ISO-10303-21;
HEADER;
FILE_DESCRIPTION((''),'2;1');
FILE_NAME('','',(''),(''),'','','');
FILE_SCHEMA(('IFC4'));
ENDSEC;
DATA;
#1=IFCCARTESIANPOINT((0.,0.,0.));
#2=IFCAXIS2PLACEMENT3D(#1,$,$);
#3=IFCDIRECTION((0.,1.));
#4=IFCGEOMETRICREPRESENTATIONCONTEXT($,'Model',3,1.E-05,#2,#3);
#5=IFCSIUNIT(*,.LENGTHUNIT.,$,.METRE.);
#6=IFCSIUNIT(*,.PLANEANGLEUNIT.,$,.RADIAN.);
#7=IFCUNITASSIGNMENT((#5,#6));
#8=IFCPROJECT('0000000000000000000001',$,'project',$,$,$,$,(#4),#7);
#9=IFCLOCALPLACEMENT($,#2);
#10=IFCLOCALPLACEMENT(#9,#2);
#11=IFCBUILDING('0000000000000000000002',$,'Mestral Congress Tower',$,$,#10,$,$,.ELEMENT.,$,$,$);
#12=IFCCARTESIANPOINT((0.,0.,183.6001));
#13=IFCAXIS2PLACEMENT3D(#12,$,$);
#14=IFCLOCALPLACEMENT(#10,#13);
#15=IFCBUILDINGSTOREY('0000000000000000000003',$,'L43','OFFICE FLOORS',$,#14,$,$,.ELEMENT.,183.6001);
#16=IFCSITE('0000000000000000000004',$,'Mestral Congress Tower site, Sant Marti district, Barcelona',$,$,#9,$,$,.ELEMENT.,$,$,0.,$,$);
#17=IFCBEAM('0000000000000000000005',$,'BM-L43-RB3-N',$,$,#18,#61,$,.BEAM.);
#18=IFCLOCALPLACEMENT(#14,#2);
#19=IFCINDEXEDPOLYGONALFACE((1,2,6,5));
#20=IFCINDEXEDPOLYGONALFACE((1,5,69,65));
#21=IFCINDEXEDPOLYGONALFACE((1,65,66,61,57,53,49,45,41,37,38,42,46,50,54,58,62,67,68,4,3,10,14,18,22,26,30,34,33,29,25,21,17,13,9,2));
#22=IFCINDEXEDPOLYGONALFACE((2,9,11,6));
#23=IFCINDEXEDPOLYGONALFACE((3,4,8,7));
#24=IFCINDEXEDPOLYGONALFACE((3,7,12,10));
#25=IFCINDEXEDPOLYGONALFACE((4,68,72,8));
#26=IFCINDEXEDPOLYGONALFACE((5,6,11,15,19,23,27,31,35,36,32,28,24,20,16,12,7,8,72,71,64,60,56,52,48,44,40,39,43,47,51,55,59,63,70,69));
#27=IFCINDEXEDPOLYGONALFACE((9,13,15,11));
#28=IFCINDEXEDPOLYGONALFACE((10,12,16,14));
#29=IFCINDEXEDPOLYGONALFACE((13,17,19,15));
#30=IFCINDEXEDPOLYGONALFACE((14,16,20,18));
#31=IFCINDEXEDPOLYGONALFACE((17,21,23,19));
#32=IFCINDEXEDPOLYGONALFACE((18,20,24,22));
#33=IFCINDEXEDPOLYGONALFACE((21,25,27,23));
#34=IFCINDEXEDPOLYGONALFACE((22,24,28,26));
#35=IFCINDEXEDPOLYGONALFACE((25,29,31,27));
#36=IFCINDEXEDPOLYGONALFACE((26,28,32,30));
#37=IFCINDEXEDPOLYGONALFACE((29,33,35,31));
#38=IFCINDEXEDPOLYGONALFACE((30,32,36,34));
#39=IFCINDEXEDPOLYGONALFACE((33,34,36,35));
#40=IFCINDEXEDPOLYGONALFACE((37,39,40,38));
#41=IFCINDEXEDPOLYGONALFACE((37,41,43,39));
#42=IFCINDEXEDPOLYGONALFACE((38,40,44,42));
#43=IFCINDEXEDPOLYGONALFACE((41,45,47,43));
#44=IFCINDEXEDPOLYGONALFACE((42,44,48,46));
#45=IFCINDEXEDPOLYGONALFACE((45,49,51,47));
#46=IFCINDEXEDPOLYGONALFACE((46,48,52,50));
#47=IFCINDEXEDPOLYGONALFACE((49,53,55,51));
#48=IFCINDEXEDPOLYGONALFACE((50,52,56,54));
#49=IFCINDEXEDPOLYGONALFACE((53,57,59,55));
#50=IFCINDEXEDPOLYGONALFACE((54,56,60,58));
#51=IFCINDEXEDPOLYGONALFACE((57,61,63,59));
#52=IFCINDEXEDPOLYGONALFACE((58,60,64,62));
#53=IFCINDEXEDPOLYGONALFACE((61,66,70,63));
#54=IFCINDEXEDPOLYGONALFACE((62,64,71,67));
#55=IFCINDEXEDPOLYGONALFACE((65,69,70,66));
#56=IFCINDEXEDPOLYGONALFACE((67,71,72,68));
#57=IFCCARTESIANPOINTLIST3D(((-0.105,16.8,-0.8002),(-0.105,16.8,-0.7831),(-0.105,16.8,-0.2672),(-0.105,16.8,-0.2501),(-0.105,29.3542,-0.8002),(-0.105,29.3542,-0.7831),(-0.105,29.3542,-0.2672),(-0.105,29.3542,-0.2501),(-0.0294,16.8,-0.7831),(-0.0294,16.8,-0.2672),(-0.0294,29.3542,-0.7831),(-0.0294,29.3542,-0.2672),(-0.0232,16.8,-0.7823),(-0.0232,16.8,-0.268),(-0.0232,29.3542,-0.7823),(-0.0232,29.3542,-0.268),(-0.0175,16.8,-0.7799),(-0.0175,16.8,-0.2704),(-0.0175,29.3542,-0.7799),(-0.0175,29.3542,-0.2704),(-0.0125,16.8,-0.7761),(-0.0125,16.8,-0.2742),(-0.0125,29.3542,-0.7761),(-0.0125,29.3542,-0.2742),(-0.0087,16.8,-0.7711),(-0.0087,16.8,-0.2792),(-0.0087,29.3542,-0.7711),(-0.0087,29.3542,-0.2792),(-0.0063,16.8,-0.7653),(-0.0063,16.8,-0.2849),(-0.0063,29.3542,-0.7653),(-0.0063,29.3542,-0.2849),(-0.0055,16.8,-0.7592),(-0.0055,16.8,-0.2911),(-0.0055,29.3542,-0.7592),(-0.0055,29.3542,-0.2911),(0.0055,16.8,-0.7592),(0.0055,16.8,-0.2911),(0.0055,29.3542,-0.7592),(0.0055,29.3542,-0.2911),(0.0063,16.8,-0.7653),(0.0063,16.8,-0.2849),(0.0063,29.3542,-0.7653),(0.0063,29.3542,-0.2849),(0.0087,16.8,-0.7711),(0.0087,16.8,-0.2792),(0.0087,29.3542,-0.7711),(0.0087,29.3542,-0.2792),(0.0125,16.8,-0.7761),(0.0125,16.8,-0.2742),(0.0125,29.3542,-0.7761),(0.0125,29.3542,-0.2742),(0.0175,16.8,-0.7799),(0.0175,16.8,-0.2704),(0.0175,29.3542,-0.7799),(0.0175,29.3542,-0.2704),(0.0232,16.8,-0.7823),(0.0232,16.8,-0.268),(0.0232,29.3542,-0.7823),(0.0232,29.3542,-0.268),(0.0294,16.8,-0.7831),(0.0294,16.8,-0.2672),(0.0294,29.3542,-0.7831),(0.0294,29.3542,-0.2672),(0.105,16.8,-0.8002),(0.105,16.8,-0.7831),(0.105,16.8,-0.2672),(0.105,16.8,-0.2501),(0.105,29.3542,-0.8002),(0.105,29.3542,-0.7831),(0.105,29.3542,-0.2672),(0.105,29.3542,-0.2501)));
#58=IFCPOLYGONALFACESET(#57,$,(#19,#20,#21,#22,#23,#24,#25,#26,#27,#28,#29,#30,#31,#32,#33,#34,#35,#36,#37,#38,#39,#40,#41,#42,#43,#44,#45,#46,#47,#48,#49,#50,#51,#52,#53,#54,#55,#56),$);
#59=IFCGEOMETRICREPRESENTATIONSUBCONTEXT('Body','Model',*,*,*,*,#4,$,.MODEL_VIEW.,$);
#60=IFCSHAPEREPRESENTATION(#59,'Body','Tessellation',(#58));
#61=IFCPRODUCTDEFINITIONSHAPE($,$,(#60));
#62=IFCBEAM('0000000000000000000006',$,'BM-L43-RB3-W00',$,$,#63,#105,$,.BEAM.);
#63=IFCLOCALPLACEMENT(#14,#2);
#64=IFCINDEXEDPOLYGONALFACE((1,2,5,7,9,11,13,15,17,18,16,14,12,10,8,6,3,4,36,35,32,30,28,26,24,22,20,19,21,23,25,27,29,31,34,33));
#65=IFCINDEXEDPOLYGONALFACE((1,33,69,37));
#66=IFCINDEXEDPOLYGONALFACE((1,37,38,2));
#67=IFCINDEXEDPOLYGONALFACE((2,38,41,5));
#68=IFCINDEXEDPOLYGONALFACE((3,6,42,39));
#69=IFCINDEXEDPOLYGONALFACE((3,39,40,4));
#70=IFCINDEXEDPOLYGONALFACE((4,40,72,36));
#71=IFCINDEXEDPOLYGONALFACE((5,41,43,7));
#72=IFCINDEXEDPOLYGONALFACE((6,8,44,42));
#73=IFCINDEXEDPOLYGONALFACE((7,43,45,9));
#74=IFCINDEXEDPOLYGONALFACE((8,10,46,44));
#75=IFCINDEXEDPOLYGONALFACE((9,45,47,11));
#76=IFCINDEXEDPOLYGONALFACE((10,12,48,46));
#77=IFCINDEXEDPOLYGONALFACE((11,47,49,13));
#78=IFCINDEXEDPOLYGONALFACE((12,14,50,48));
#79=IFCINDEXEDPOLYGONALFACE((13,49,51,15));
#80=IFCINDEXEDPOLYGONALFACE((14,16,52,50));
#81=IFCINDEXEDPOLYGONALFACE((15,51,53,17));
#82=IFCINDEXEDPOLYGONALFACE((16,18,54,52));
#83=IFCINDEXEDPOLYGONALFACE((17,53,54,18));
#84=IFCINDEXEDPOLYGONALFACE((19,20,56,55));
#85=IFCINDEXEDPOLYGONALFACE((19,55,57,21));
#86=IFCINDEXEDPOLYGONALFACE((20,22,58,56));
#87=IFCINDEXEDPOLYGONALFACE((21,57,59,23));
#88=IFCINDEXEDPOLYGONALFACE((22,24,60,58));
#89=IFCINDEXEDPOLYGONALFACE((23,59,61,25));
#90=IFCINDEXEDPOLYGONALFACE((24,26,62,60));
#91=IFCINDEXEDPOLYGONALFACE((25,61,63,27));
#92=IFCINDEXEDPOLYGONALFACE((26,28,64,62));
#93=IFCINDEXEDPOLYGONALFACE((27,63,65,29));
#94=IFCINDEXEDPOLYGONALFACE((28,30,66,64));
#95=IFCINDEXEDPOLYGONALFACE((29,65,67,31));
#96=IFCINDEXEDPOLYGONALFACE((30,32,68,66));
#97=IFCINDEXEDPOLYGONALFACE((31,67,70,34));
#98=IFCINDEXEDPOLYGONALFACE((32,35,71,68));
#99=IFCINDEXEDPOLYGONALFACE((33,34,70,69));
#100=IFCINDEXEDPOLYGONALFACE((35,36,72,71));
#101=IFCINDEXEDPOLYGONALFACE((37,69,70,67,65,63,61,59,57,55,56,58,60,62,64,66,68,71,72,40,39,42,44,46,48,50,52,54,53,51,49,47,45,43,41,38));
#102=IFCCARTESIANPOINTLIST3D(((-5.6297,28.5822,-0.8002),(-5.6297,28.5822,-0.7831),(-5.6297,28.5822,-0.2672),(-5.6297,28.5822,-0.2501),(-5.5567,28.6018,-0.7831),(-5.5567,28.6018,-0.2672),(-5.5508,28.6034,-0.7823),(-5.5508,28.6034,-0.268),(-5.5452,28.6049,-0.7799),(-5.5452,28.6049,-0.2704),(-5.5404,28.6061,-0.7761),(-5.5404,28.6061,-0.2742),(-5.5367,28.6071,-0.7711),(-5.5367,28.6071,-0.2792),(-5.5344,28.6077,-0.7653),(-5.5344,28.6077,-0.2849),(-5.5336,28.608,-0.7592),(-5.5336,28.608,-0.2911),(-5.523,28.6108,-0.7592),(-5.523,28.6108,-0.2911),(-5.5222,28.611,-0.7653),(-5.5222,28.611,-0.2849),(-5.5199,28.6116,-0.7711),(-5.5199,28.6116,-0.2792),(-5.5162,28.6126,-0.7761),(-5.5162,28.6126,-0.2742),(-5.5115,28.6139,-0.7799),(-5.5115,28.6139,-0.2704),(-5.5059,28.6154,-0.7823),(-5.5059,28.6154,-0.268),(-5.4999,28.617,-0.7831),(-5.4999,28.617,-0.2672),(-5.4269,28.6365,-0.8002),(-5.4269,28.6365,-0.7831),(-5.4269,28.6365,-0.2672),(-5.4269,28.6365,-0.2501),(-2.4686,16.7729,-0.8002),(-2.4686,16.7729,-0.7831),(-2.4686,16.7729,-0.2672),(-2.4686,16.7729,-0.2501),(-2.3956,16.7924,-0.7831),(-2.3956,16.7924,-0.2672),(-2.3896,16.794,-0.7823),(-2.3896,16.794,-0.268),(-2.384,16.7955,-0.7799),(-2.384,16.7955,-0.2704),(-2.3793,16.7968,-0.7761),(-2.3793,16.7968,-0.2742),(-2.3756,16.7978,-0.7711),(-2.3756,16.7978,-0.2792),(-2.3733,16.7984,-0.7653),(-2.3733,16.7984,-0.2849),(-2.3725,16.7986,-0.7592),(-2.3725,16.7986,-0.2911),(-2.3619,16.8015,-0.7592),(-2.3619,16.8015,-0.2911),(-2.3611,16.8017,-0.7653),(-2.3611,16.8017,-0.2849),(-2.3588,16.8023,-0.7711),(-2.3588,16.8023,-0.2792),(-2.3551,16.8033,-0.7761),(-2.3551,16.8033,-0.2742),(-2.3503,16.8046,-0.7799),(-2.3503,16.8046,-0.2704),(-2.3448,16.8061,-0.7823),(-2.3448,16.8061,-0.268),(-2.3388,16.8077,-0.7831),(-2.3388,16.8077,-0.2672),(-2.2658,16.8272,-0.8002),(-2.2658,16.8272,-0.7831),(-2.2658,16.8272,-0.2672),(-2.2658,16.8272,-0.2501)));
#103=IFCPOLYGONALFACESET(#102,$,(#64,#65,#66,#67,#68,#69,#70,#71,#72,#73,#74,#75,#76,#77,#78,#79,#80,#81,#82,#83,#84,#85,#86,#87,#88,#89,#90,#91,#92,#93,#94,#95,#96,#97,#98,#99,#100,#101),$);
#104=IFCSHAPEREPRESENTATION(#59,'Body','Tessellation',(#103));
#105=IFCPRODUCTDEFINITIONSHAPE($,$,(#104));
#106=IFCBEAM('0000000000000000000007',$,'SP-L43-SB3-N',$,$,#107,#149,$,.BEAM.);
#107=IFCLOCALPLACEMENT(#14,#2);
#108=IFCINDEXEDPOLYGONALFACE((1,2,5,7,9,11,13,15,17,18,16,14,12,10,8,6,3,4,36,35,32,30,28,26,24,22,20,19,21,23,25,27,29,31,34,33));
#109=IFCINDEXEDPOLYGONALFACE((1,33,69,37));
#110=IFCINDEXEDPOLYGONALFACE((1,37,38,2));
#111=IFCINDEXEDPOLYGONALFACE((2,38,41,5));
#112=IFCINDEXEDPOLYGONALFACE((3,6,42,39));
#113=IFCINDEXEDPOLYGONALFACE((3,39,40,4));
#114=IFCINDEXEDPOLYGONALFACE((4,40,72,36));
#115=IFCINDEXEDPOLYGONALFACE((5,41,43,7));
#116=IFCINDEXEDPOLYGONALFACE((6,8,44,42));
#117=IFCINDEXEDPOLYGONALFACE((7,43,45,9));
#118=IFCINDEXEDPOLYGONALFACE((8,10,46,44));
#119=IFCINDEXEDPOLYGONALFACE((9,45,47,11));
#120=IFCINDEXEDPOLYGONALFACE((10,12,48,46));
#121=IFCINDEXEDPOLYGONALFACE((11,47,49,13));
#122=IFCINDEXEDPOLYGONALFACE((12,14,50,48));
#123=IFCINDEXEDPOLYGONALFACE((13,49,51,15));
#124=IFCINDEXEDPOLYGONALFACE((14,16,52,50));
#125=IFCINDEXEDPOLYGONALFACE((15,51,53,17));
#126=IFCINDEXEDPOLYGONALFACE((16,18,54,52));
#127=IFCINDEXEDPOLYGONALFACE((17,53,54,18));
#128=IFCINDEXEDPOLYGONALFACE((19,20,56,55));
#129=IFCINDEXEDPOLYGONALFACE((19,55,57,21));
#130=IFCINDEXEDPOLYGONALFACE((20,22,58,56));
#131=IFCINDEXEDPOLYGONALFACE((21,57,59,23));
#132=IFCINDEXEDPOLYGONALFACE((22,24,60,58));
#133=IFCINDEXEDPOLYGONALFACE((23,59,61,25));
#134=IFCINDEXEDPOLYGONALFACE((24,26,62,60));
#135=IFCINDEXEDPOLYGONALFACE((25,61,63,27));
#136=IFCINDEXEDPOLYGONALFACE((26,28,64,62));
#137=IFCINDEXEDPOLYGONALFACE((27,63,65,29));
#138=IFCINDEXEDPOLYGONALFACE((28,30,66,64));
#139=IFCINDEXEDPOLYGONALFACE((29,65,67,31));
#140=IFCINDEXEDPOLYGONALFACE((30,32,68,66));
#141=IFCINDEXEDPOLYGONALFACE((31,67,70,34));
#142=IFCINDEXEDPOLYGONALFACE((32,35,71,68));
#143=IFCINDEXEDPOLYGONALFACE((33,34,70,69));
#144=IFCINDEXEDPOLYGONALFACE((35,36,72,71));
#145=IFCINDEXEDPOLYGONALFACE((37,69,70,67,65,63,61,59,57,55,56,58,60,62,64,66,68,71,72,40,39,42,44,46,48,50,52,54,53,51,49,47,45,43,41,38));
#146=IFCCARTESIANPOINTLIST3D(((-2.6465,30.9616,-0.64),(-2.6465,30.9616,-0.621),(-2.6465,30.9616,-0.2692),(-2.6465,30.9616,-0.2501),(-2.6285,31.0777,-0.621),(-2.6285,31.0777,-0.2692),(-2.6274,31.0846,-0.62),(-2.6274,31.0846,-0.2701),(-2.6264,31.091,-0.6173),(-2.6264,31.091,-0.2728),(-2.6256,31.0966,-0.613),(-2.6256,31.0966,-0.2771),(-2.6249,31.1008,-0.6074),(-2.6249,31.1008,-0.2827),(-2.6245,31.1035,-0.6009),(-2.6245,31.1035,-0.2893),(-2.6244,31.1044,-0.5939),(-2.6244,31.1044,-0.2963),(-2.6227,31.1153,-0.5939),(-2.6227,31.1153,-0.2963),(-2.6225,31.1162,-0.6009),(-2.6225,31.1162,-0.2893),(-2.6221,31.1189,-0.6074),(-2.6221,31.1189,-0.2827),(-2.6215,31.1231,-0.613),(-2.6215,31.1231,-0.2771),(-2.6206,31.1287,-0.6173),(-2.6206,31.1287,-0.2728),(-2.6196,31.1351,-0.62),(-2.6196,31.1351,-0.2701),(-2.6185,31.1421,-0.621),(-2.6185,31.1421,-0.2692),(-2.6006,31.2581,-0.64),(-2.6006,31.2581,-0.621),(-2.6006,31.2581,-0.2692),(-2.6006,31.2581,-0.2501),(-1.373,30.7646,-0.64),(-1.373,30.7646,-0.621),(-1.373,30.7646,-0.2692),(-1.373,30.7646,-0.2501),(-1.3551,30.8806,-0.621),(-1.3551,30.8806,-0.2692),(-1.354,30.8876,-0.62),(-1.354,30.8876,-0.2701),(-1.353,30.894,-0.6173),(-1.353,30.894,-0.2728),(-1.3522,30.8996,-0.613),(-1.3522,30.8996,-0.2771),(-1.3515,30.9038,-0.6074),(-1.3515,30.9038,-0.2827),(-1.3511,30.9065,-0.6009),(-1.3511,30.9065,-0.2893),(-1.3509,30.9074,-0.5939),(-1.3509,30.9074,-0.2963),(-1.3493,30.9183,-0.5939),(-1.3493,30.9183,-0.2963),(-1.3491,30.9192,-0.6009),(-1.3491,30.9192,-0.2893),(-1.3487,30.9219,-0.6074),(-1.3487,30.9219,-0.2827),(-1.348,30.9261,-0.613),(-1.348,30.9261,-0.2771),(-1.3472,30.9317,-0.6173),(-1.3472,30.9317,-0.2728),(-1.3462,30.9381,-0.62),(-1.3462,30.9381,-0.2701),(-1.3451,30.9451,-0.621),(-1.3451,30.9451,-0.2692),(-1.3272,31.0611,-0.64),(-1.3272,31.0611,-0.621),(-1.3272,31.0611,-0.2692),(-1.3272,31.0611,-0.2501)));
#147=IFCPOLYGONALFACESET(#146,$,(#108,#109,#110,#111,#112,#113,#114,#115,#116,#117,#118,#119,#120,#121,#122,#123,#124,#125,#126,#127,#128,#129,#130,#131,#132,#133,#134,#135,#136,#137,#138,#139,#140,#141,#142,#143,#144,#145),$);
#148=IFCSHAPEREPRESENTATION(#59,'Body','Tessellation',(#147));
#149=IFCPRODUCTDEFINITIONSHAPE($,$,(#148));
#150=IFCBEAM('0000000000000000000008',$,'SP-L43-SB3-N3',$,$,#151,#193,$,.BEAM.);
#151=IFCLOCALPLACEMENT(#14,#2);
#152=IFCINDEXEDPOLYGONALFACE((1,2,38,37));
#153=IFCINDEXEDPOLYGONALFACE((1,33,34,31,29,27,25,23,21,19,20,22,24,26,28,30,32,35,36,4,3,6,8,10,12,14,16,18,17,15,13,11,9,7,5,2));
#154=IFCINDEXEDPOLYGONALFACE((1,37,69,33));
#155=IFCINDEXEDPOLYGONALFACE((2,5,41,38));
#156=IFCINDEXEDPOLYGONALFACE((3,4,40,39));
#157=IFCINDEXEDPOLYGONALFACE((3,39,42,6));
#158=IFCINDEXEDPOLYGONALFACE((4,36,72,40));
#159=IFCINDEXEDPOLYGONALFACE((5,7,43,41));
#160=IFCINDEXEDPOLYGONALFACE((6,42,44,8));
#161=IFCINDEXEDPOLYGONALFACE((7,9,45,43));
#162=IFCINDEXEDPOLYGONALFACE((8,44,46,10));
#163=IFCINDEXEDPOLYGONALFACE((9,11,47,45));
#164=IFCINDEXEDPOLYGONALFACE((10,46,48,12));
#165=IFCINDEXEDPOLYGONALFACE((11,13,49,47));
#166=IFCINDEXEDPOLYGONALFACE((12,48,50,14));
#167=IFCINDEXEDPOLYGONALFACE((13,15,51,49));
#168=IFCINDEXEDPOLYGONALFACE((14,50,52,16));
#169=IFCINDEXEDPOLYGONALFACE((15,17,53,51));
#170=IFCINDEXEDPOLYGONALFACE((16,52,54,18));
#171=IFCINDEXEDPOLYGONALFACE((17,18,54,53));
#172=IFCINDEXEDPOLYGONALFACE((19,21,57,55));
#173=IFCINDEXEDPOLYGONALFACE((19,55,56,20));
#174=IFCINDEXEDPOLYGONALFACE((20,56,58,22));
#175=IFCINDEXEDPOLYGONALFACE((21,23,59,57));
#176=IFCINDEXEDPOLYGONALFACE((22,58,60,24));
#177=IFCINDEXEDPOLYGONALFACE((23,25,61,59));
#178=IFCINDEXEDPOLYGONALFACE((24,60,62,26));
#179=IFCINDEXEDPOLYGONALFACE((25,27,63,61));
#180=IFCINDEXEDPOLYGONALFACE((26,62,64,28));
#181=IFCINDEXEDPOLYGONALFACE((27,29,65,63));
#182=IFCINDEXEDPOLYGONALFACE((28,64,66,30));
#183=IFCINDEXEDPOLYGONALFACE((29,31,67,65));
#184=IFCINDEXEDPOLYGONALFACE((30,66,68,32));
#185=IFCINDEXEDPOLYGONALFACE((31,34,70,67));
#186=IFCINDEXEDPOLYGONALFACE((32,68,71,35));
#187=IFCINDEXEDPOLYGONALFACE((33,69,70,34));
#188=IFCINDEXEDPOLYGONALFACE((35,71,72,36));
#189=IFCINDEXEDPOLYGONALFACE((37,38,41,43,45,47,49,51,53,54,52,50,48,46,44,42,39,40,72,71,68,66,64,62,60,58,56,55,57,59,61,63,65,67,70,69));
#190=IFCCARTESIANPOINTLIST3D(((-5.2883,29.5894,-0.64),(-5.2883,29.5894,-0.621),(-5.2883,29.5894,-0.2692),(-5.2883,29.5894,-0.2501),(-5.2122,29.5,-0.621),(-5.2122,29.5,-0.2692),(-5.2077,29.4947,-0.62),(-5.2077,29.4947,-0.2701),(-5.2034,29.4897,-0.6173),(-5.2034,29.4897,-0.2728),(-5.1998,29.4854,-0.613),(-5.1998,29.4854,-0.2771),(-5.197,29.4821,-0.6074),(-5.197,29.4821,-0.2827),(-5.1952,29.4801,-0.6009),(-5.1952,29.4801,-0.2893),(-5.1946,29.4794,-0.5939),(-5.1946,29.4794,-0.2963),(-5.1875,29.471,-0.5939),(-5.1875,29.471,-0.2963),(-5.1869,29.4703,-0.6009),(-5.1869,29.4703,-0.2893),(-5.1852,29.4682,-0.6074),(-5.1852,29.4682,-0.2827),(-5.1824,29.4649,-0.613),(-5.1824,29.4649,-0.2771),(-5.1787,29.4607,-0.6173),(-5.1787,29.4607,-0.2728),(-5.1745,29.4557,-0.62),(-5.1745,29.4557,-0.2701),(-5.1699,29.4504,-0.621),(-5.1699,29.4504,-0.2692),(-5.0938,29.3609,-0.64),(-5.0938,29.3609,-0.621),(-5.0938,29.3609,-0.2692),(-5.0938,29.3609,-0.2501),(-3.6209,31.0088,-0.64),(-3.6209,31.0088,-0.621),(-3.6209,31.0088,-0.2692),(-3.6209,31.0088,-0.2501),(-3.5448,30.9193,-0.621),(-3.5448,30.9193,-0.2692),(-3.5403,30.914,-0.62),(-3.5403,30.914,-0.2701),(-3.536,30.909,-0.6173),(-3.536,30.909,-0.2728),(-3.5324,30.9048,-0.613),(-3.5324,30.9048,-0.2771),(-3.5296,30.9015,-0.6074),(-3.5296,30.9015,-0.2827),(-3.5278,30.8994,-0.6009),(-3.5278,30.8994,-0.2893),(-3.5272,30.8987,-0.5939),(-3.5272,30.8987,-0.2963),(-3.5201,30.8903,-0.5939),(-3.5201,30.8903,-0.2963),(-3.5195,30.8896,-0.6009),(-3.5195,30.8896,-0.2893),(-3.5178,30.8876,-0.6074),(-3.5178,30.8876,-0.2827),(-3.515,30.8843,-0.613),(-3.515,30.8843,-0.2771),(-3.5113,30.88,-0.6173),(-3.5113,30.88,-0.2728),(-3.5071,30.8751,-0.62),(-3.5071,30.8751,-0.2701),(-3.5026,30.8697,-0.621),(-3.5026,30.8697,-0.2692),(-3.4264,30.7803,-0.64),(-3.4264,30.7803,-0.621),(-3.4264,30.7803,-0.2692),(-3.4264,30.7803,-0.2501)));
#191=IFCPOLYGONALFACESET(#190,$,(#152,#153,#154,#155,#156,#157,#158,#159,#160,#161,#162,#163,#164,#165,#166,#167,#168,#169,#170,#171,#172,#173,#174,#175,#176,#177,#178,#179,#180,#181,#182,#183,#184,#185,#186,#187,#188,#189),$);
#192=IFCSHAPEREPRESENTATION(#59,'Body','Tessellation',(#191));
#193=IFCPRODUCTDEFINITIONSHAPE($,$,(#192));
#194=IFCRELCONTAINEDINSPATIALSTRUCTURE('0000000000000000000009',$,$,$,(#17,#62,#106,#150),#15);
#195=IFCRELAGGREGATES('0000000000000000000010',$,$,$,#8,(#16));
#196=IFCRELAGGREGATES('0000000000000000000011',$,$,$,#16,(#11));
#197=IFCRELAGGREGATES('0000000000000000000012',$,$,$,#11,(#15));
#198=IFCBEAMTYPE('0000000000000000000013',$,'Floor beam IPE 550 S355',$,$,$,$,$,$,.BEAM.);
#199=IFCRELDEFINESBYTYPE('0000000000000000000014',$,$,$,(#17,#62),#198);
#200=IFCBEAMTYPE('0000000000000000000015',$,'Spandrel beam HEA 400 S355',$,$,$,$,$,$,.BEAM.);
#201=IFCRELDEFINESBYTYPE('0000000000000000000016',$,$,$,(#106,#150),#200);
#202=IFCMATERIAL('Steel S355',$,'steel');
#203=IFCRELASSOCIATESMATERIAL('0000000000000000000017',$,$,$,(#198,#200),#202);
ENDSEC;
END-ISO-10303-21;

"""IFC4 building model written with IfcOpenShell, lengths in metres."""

from ifc_helpers import new_model, si_unit, direction, frame, origin, origin_2d, place, context, subcontext, project, spatial, i_section, extrude, material, material_profile, profile_set, type_object, element, save


model = new_model("IFC4")

# Units and contexts
model_context = context("Model", 3, precision=1e-05, world=origin(), true_north=direction((0.0, 1.0)))
body_context = subcontext(model_context, "Body", "Model", "MODEL_VIEW")
ifc_project = project(units=[si_unit("LENGTHUNIT", "METRE"), si_unit("PLANEANGLEUNIT", "RADIAN")], contexts=[model_context])

# Site, building, storey
site_placement = place(None, origin())
site = spatial("IfcSite", under=ifc_project, at=site_placement, Name="Mestral Congress Tower site, Sant Marti district, Barcelona", CompositionType="ELEMENT", RefElevation=0.0)
building_placement = place(site_placement, origin())
building = spatial("IfcBuilding", under=site, at=building_placement, Name="Mestral Congress Tower", CompositionType="ELEMENT")
storey_placement = place(building_placement, frame((0.0, 0.0, 183.6001)))
storey = spatial("IfcBuildingStorey", under=building, at=storey_placement, Name="L43", Description="OFFICE FLOORS", CompositionType="ELEMENT", Elevation=183.6001)

# Beams
ifc_material_1 = material(Name="Steel S355", Category="steel")
ifc_material_profile_1 = material_profile(ifc_material_1, i_section(OverallWidth=0.21, OverallDepth=0.55, WebThickness=0.011, FlangeThickness=0.0171, FilletRadius=0.0239, at=origin_2d()), Name="IPE 550")
ifc_profile_set_1 = profile_set([ifc_material_profile_1], Name="Steel S355")
beam_type_1 = type_object("IfcBeamType", Name="Floor beam IPE 550 S355", PredefinedType="BEAM", material=ifc_profile_set_1)
beam_1_placement = place(storey_placement, frame((0.0, 29.3542, -0.5251), z_axis=(0.0, -1.0, 0.0), x_axis=(1.0, 0.0, 0.0)))
element("IfcBeam", 1, at=beam_1_placement, inside=storey, type_object=beam_type_1, Name="BM-L43-RB3-N", PredefinedType="BEAM", context=body_context, shape_type="SweptSolid", body=[
    extrude(i_section(OverallWidth=0.21, OverallDepth=0.55, WebThickness=0.011, FlangeThickness=0.0171, FilletRadius=0.0239, at=origin_2d()), origin(), (0.0, 0.0, 1.0), 12.5542),
])
beam_2_placement = place(storey_placement, frame((-5.5283, 28.6094, -0.5251), z_axis=(0.258577, -0.965991, 0.0), x_axis=(0.965991, 0.258577, 0.0)))
element("IfcBeam", 2, at=beam_2_placement, inside=storey, type_object=beam_type_1, Name="BM-L43-RB3-W00", PredefinedType="BEAM", context=body_context, shape_type="SweptSolid", body=[
    extrude(i_section(OverallWidth=0.21, OverallDepth=0.55, WebThickness=0.011, FlangeThickness=0.0171, FilletRadius=0.0239, at=origin_2d()), origin(), (0.0, 0.0, 1.0), 12.2251),
])
ifc_material_profile_2 = material_profile(ifc_material_1, i_section(OverallWidth=0.3, OverallDepth=0.3899, WebThickness=0.011, FlangeThickness=0.019, FilletRadius=0.0271, at=origin_2d()), Name="HEA 400")
ifc_profile_set_2 = profile_set([ifc_material_profile_2], Name="Steel S355")
beam_type_2 = type_object("IfcBeamType", Name="Spandrel beam HEA 400 S355", PredefinedType="BEAM", material=ifc_profile_set_2)
beam_3_placement = place(storey_placement, frame((-1.3501, 30.9128, -0.4451), z_axis=(-0.988242, 0.152897, 0.0), x_axis=(-0.152897, -0.988242, 0.0)))
element("IfcBeam", 3, at=beam_3_placement, inside=storey, type_object=beam_type_2, Name="SP-L43-SB3-N", PredefinedType="BEAM", context=body_context, shape_type="SweptSolid", body=[
    extrude(i_section(OverallWidth=0.3, OverallDepth=0.3899, WebThickness=0.011, FlangeThickness=0.019, FilletRadius=0.0271, at=origin_2d()), origin(), (0.0, 0.0, 1.0), 1.2886),
])
beam_4_placement = place(storey_placement, frame((-3.5237, 30.8945, -0.4451), z_axis=(-0.761471, -0.648198, 0.0), x_axis=(0.648198, -0.761471, 0.0)))
element("IfcBeam", 4, at=beam_4_placement, inside=storey, type_object=beam_type_2, Name="SP-L43-SB3-N3", PredefinedType="BEAM", context=body_context, shape_type="SweptSolid", body=[
    extrude(i_section(OverallWidth=0.3, OverallDepth=0.3899, WebThickness=0.011, FlangeThickness=0.019, FilletRadius=0.0271, at=origin_2d()), origin(), (0.0, 0.0, 1.0), 2.1897),
])

save(model, "model.ifc")
